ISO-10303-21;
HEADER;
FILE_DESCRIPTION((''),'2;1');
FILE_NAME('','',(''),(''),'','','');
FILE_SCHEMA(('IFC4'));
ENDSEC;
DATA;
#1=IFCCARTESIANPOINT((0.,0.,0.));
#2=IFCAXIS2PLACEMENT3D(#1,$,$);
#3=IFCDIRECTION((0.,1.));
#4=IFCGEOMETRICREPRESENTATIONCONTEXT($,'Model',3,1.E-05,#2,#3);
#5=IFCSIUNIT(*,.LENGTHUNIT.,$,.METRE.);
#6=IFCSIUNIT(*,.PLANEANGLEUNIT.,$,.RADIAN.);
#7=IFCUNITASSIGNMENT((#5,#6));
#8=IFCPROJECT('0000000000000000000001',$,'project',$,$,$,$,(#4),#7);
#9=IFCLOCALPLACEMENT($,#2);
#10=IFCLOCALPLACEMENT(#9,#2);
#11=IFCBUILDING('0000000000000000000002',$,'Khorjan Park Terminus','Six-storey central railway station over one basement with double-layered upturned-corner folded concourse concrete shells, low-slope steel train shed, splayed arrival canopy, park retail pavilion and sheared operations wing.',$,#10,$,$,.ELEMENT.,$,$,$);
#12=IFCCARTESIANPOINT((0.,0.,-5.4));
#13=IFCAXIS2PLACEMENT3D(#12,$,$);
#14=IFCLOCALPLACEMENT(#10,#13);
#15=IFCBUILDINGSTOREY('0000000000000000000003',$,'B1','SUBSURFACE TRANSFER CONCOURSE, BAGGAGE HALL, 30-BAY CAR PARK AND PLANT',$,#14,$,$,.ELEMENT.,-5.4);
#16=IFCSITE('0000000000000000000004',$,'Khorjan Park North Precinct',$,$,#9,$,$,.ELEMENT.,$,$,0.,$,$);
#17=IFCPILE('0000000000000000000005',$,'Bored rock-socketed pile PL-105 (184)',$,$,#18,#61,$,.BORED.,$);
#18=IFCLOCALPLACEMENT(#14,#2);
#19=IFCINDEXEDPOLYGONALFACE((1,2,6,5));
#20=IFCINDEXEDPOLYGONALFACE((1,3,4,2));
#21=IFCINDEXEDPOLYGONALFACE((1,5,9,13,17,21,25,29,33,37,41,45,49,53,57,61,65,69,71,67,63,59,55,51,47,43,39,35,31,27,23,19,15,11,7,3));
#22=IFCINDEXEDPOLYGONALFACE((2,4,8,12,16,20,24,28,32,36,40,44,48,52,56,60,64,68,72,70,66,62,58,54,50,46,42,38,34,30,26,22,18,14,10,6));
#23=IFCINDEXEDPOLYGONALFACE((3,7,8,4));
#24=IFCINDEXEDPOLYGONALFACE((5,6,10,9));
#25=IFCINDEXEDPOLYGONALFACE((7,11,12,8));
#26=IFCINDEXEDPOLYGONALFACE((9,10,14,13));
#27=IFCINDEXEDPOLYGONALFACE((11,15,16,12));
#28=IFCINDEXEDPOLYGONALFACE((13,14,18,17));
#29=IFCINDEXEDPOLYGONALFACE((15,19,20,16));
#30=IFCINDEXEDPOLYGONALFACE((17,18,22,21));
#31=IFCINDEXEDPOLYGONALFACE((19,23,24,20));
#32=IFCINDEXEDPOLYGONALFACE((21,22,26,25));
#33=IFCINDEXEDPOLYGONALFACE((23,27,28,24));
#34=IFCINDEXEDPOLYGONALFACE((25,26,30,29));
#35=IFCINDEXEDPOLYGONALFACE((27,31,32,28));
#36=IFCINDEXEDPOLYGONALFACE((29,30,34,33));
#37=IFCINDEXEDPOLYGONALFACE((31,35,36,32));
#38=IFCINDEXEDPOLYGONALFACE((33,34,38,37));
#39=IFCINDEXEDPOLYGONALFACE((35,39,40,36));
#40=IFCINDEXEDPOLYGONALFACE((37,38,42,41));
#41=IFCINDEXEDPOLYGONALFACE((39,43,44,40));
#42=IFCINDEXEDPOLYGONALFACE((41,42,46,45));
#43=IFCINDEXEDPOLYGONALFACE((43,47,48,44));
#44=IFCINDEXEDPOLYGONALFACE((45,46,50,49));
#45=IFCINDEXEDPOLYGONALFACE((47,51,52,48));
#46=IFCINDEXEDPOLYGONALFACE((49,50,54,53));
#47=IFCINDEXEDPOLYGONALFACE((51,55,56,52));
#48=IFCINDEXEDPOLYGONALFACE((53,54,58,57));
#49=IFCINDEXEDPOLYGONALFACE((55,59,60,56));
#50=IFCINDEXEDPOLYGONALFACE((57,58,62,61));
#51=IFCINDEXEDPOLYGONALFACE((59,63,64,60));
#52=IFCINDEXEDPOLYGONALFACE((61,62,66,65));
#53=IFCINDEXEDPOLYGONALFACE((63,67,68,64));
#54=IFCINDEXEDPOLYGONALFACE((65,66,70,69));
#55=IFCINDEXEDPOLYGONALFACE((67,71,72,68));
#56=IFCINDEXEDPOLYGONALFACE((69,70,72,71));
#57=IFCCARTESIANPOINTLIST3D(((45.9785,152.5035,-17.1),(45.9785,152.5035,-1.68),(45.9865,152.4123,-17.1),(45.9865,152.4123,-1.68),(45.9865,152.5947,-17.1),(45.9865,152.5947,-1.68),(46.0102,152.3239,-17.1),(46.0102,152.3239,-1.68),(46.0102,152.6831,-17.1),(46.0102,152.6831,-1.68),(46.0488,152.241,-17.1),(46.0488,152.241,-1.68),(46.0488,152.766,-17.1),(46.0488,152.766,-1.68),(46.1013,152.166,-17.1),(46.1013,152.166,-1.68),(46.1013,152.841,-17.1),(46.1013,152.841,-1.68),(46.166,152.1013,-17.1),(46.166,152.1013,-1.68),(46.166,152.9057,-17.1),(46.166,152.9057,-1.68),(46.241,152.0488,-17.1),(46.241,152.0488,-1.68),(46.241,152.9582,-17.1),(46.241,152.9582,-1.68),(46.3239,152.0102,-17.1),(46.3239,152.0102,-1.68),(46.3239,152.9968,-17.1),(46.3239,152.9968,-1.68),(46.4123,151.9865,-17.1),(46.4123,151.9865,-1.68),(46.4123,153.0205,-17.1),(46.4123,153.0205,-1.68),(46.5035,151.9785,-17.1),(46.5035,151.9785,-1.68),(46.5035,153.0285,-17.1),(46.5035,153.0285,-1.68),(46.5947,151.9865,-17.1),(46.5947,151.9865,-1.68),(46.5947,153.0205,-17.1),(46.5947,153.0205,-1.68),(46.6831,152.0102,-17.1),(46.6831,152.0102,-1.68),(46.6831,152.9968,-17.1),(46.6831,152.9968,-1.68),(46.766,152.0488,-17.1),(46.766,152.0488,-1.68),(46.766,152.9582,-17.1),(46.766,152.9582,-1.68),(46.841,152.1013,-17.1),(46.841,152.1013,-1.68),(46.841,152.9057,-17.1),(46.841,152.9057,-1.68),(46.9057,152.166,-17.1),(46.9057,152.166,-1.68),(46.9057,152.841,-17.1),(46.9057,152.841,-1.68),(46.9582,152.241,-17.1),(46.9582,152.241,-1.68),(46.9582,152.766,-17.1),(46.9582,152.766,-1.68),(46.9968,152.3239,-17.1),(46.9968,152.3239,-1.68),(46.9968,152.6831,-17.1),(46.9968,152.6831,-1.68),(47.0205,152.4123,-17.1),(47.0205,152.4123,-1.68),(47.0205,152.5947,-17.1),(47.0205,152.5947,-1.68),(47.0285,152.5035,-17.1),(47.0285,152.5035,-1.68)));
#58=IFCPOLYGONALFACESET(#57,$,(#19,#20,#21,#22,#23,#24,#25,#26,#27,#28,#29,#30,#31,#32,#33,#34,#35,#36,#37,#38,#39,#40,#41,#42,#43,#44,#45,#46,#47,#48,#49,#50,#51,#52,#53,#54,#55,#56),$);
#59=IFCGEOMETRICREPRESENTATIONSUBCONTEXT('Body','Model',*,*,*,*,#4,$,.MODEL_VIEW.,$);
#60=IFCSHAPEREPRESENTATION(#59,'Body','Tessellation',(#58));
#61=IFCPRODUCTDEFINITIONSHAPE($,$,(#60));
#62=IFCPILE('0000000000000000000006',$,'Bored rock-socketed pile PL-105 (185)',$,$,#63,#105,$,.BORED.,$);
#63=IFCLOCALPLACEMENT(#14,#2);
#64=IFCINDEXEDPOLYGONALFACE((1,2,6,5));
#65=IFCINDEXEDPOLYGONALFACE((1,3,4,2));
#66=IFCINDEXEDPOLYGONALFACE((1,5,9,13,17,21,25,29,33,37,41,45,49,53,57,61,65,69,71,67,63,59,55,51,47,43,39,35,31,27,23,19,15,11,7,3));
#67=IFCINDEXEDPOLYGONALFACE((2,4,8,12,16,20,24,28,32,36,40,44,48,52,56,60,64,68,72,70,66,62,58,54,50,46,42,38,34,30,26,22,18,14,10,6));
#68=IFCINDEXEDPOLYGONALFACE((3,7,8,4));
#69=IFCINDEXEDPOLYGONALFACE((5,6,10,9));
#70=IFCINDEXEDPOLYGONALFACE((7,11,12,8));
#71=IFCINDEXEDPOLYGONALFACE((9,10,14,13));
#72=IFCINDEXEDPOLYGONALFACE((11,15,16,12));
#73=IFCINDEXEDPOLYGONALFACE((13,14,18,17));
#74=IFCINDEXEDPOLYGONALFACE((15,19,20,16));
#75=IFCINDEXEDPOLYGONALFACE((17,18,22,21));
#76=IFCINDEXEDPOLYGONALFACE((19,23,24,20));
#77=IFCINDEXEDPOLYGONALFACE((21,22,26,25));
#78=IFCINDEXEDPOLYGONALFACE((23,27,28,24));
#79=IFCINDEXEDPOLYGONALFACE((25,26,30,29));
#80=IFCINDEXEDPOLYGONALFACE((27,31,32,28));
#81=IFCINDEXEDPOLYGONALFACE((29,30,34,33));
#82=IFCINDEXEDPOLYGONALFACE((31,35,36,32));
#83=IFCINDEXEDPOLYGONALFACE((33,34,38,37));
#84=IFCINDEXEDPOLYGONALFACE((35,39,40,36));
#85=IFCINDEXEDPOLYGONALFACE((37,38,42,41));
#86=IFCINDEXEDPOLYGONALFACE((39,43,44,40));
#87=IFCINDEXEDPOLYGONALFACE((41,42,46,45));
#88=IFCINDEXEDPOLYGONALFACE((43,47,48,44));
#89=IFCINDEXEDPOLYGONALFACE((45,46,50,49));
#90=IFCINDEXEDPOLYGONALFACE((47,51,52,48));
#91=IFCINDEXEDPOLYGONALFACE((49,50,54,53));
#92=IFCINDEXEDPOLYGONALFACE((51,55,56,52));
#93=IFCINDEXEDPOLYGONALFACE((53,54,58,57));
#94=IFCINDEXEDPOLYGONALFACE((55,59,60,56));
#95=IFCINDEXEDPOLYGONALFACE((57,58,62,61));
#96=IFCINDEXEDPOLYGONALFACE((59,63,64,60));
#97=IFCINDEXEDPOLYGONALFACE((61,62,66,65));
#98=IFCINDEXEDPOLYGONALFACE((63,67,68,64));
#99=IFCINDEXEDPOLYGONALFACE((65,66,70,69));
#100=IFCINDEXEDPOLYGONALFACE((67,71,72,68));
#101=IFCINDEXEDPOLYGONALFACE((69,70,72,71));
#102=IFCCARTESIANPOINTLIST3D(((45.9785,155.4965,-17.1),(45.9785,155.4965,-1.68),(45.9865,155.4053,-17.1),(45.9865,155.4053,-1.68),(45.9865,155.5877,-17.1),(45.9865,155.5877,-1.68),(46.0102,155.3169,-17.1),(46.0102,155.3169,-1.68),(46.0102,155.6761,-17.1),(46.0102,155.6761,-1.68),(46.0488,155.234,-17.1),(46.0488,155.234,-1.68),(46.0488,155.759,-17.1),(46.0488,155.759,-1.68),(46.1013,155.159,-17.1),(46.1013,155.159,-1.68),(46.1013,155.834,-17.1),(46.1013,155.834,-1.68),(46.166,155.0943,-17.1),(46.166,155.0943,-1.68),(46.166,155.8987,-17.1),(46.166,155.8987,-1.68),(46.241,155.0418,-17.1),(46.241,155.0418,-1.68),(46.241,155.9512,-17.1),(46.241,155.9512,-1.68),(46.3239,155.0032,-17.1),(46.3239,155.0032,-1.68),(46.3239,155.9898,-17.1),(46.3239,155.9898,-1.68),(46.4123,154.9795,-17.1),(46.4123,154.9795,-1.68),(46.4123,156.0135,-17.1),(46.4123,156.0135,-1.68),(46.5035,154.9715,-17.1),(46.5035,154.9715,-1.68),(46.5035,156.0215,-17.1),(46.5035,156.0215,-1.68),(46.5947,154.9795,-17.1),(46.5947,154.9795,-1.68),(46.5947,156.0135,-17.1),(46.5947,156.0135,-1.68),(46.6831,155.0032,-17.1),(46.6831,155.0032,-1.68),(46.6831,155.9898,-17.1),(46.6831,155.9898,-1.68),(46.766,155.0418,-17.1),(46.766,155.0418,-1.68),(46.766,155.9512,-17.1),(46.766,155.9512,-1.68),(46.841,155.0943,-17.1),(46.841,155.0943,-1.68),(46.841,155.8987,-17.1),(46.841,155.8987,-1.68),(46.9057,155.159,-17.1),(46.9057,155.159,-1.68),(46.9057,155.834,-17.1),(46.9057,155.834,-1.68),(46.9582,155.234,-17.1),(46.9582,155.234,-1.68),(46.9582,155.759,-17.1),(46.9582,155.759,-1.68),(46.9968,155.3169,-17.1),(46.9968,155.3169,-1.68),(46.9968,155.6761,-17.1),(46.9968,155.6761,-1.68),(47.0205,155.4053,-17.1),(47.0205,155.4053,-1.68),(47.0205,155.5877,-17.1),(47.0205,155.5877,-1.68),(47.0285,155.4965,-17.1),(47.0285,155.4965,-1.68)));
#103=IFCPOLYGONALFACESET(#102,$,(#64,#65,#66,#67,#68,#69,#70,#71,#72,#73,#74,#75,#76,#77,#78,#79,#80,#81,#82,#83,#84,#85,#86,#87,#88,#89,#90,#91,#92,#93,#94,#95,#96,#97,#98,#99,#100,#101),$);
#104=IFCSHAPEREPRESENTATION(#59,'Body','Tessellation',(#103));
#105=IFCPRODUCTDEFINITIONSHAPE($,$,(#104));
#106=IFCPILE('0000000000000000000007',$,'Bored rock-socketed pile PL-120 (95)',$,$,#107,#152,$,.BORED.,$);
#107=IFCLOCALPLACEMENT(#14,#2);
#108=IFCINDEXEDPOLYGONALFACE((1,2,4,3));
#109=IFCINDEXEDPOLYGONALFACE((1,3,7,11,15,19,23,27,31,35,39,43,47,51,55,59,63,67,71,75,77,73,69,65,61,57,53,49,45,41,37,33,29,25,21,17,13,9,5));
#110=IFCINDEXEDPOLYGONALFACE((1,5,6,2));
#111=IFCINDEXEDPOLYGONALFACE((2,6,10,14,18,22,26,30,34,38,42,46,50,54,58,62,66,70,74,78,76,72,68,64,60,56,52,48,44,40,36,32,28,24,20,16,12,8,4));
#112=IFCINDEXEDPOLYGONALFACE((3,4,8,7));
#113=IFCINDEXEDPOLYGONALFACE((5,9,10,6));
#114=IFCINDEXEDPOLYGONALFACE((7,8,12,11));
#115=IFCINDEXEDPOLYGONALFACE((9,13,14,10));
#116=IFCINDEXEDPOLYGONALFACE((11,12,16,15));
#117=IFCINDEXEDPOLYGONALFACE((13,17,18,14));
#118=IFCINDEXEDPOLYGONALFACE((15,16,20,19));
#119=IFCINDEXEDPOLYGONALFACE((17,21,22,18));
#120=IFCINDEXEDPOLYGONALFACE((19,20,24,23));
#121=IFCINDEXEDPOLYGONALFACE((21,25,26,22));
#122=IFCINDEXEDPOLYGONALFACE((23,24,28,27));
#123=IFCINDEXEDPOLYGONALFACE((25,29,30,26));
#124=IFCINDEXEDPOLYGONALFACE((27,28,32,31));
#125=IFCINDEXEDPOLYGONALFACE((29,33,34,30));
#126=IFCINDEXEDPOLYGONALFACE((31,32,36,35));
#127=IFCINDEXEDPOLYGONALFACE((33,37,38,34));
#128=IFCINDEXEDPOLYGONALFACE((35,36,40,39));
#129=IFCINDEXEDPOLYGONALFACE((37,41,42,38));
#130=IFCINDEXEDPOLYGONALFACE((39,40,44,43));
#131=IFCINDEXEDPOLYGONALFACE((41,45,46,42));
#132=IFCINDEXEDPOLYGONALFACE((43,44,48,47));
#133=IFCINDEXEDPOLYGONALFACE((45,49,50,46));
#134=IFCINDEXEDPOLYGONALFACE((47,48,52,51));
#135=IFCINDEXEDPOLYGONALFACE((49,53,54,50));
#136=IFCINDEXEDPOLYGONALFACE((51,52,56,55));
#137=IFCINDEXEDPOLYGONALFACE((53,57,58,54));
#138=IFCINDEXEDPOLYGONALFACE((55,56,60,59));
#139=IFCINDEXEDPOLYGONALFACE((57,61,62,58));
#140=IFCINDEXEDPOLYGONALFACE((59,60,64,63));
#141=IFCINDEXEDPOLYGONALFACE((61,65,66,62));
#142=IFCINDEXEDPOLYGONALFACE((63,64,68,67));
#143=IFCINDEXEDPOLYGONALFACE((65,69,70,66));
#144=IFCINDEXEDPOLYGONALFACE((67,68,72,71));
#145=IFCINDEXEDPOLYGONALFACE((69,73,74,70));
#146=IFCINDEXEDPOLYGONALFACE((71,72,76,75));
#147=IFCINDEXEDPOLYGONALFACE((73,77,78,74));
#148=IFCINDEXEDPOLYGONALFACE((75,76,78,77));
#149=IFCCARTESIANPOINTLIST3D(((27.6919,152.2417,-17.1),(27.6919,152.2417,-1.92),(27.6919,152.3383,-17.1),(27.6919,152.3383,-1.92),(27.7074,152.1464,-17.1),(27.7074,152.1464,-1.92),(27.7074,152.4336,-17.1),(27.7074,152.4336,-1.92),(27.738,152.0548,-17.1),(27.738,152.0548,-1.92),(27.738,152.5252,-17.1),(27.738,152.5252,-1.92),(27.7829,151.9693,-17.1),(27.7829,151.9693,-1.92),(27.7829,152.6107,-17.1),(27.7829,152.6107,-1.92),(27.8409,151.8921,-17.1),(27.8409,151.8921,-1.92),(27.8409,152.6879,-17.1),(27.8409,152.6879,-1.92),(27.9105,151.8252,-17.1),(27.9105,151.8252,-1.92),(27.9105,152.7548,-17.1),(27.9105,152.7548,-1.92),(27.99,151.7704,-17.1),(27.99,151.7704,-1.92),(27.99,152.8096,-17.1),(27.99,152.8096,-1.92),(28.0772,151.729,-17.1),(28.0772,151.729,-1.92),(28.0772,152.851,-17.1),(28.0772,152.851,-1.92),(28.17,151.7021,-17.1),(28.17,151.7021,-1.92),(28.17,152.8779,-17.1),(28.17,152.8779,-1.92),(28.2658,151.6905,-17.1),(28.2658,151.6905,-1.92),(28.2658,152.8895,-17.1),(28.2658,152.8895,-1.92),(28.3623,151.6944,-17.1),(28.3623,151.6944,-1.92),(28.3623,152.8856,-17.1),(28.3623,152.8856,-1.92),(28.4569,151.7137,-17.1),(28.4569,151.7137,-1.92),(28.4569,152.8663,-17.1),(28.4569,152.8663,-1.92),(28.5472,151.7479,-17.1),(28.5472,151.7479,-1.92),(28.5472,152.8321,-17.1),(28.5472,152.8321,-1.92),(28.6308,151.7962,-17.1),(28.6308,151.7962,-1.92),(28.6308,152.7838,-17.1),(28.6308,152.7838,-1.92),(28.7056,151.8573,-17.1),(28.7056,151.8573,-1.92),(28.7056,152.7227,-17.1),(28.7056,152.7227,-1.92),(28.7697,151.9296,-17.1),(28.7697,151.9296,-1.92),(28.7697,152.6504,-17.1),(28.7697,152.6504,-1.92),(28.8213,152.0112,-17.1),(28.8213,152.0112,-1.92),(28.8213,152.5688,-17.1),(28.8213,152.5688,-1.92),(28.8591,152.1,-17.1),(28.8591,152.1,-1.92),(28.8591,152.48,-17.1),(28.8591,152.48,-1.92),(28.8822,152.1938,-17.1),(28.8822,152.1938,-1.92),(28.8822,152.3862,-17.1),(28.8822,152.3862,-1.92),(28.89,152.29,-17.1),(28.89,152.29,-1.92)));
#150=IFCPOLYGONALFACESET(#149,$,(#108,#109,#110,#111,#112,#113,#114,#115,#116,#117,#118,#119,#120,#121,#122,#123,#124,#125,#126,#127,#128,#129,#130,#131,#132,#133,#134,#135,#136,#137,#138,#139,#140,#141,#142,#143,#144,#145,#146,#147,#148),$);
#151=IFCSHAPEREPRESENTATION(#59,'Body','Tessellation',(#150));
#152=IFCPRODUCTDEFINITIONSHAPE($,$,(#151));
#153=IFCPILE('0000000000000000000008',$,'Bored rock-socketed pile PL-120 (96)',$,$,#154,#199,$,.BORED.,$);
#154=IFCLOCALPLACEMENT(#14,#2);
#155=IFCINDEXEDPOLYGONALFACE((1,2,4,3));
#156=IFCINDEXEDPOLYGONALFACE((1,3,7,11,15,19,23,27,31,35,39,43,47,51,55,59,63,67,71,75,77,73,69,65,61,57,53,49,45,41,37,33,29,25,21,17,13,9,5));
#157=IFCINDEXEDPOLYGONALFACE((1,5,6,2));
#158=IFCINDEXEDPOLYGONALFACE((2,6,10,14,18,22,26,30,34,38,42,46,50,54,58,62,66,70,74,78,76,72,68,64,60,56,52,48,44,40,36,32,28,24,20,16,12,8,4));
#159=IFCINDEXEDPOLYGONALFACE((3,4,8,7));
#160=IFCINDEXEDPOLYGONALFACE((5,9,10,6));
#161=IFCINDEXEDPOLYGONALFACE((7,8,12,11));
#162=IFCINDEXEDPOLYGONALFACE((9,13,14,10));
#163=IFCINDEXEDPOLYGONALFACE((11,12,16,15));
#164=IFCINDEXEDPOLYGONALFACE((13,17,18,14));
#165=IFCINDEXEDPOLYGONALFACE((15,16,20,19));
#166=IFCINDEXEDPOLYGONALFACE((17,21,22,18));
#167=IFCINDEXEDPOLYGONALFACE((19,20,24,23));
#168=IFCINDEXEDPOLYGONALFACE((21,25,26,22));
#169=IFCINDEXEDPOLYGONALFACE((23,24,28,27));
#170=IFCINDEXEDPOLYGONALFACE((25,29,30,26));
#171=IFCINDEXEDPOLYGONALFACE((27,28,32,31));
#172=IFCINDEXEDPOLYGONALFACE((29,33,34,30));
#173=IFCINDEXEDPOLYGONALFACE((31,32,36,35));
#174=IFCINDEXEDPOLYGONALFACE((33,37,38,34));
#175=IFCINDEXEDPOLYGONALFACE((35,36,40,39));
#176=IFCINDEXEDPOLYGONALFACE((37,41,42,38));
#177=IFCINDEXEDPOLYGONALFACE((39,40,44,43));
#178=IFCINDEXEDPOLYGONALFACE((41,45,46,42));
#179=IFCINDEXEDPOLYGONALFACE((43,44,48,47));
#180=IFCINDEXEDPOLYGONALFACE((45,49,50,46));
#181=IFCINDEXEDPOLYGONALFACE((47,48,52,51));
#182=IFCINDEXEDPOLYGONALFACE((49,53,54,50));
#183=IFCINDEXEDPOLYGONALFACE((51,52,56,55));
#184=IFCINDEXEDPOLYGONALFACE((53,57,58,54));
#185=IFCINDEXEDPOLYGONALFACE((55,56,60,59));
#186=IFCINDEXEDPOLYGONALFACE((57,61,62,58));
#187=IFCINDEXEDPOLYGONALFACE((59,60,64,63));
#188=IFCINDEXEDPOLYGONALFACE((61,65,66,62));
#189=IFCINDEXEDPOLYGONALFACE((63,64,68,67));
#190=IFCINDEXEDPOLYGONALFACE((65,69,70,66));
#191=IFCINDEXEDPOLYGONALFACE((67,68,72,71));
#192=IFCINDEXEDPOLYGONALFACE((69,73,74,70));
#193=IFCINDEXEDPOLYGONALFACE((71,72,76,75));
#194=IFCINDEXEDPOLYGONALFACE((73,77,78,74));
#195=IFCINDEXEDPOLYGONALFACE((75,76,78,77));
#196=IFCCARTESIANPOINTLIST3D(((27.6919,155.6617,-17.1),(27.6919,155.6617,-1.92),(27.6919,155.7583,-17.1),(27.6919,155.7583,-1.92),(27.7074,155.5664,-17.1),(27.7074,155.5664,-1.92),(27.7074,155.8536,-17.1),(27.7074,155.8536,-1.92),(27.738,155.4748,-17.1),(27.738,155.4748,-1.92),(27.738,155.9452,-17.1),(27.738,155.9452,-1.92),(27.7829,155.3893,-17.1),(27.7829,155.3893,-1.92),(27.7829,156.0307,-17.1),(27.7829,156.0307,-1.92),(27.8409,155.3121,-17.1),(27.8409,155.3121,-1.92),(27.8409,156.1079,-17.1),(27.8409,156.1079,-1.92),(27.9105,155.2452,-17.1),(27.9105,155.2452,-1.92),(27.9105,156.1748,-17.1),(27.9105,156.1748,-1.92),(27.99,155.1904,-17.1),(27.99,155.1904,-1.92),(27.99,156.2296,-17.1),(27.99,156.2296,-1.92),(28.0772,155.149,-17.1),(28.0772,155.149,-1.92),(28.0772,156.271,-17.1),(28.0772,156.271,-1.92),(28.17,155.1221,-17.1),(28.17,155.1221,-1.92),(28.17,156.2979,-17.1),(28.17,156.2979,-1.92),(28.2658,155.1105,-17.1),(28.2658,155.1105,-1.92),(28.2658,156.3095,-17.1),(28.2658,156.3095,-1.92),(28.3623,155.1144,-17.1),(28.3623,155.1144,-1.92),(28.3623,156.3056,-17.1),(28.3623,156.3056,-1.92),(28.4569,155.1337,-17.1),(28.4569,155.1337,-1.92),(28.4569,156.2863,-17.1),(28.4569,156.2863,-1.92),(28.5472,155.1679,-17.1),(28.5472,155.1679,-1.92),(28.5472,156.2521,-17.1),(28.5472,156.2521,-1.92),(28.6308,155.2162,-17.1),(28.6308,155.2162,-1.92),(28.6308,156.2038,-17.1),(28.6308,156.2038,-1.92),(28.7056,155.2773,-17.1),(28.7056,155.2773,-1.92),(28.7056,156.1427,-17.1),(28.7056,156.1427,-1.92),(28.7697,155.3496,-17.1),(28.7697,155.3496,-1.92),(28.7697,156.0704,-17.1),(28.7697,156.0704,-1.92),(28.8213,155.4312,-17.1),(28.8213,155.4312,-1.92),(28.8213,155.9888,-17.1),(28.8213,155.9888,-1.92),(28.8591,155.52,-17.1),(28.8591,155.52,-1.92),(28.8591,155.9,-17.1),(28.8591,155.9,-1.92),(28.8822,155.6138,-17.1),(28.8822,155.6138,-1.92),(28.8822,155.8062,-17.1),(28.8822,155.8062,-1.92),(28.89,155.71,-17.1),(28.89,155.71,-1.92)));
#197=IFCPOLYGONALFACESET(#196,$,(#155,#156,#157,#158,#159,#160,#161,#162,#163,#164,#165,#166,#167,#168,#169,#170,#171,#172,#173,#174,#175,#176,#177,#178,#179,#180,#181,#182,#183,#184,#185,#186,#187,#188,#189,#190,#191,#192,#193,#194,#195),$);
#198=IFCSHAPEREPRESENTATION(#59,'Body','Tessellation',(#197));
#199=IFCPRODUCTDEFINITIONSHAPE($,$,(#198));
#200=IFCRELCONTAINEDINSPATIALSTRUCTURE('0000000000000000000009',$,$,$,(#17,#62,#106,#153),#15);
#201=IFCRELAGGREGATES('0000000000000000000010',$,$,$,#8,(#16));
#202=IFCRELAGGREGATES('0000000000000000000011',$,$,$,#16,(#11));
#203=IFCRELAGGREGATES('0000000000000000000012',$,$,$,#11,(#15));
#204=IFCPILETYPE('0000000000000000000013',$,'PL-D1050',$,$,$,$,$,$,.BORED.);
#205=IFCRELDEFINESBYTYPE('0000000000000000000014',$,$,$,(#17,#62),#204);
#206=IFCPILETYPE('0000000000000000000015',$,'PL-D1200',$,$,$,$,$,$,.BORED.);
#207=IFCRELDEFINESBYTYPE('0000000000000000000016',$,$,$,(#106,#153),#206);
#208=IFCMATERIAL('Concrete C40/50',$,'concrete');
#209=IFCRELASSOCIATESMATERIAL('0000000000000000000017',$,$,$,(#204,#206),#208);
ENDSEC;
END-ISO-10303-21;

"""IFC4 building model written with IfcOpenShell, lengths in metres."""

from ifc_helpers import new_model, si_unit, direction, frame, origin, origin_2d, place, context, subcontext, project, spatial, circle, extrude, material, material_profile, profile_set, type_object, element, save


model = new_model("IFC4")

# Units and contexts
model_context = context("Model", 3, precision=1e-05, world=origin(), true_north=direction((0.0, 1.0)))
body_context = subcontext(model_context, "Body", "Model", "MODEL_VIEW")
ifc_project = project(units=[si_unit("LENGTHUNIT", "METRE"), si_unit("PLANEANGLEUNIT", "RADIAN")], contexts=[model_context])

# Site, building, storey
site_placement = place(None, origin())
site = spatial("IfcSite", under=ifc_project, at=site_placement, Name="Khorjan Park North Precinct", CompositionType="ELEMENT", RefElevation=0.0)
building_placement = place(site_placement, origin())
building = spatial("IfcBuilding", under=site, at=building_placement, Name="Khorjan Park Terminus", Description="Six-storey central railway station over one basement with double-layered upturned-corner folded concourse concrete shells, low-slope steel train shed, splayed arrival canopy, park retail pavilion and sheared operations wing.", CompositionType="ELEMENT")
storey_placement = place(building_placement, frame((0.0, 0.0, -5.4)))
storey = spatial("IfcBuildingStorey", under=building, at=storey_placement, Name="B1", Description="SUBSURFACE TRANSFER CONCOURSE, BAGGAGE HALL, 30-BAY CAR PARK AND PLANT", CompositionType="ELEMENT", Elevation=-5.4)

# Shared definitions
ifc_material_1 = material(Name="Concrete C40/50", Category="concrete")

# Piles
ifc_material_profile_1 = material_profile(ifc_material_1, circle(Radius=0.525, at=origin_2d()), Name="BORED D1050")
ifc_profile_set_1 = profile_set([ifc_material_profile_1], Name="Concrete C40/50")
pile_type_1 = type_object("IfcPileType", Name="PL-D1050", PredefinedType="BORED", material=ifc_profile_set_1)
for number, where, z_axis, x_axis, name in (
    (1, (46.5035, 152.5035, -1.68), (0.0, 0.0, -1.0), (1.0, 0.0, 0.0), "Bored rock-socketed pile PL-105 (184)"),
    (2, (46.5035, 155.4965, -1.68), (0.0, 0.0, -1.0), (1.0, 0.0, 0.0), "Bored rock-socketed pile PL-105 (185)"),
):
    element("IfcPile", number, at=place(storey_placement, frame(where, z_axis=z_axis, x_axis=x_axis)), inside=storey, type_object=pile_type_1, Name=name, PredefinedType="BORED", context=body_context, shape_type="SweptSolid", body=[
        extrude(circle(Radius=0.525, at=origin_2d()), origin(), (0.0, 0.0, 1.0), 15.42),
    ])
ifc_material_profile_2 = material_profile(ifc_material_1, circle(Radius=0.6, at=origin_2d()), Name="BORED D1200")
ifc_profile_set_2 = profile_set([ifc_material_profile_2], Name="Concrete C40/50")
pile_type_2 = type_object("IfcPileType", Name="PL-D1200", PredefinedType="BORED", material=ifc_profile_set_2)
for number, where, z_axis, x_axis, name in (
    (3, (28.29, 152.29, -1.92), (0.0, 0.0, -1.0), (1.0, 0.0, 0.0), "Bored rock-socketed pile PL-120 (95)"),
    (4, (28.29, 155.71, -1.92), (0.0, 0.0, -1.0), (1.0, 0.0, 0.0), "Bored rock-socketed pile PL-120 (96)"),
):
    element("IfcPile", number, at=place(storey_placement, frame(where, z_axis=z_axis, x_axis=x_axis)), inside=storey, type_object=pile_type_2, Name=name, PredefinedType="BORED", context=body_context, shape_type="SweptSolid", body=[
        extrude(circle(Radius=0.6, at=origin_2d()), origin(), (0.0, 0.0, 1.0), 15.18),
    ])

save(model, "model.ifc")
